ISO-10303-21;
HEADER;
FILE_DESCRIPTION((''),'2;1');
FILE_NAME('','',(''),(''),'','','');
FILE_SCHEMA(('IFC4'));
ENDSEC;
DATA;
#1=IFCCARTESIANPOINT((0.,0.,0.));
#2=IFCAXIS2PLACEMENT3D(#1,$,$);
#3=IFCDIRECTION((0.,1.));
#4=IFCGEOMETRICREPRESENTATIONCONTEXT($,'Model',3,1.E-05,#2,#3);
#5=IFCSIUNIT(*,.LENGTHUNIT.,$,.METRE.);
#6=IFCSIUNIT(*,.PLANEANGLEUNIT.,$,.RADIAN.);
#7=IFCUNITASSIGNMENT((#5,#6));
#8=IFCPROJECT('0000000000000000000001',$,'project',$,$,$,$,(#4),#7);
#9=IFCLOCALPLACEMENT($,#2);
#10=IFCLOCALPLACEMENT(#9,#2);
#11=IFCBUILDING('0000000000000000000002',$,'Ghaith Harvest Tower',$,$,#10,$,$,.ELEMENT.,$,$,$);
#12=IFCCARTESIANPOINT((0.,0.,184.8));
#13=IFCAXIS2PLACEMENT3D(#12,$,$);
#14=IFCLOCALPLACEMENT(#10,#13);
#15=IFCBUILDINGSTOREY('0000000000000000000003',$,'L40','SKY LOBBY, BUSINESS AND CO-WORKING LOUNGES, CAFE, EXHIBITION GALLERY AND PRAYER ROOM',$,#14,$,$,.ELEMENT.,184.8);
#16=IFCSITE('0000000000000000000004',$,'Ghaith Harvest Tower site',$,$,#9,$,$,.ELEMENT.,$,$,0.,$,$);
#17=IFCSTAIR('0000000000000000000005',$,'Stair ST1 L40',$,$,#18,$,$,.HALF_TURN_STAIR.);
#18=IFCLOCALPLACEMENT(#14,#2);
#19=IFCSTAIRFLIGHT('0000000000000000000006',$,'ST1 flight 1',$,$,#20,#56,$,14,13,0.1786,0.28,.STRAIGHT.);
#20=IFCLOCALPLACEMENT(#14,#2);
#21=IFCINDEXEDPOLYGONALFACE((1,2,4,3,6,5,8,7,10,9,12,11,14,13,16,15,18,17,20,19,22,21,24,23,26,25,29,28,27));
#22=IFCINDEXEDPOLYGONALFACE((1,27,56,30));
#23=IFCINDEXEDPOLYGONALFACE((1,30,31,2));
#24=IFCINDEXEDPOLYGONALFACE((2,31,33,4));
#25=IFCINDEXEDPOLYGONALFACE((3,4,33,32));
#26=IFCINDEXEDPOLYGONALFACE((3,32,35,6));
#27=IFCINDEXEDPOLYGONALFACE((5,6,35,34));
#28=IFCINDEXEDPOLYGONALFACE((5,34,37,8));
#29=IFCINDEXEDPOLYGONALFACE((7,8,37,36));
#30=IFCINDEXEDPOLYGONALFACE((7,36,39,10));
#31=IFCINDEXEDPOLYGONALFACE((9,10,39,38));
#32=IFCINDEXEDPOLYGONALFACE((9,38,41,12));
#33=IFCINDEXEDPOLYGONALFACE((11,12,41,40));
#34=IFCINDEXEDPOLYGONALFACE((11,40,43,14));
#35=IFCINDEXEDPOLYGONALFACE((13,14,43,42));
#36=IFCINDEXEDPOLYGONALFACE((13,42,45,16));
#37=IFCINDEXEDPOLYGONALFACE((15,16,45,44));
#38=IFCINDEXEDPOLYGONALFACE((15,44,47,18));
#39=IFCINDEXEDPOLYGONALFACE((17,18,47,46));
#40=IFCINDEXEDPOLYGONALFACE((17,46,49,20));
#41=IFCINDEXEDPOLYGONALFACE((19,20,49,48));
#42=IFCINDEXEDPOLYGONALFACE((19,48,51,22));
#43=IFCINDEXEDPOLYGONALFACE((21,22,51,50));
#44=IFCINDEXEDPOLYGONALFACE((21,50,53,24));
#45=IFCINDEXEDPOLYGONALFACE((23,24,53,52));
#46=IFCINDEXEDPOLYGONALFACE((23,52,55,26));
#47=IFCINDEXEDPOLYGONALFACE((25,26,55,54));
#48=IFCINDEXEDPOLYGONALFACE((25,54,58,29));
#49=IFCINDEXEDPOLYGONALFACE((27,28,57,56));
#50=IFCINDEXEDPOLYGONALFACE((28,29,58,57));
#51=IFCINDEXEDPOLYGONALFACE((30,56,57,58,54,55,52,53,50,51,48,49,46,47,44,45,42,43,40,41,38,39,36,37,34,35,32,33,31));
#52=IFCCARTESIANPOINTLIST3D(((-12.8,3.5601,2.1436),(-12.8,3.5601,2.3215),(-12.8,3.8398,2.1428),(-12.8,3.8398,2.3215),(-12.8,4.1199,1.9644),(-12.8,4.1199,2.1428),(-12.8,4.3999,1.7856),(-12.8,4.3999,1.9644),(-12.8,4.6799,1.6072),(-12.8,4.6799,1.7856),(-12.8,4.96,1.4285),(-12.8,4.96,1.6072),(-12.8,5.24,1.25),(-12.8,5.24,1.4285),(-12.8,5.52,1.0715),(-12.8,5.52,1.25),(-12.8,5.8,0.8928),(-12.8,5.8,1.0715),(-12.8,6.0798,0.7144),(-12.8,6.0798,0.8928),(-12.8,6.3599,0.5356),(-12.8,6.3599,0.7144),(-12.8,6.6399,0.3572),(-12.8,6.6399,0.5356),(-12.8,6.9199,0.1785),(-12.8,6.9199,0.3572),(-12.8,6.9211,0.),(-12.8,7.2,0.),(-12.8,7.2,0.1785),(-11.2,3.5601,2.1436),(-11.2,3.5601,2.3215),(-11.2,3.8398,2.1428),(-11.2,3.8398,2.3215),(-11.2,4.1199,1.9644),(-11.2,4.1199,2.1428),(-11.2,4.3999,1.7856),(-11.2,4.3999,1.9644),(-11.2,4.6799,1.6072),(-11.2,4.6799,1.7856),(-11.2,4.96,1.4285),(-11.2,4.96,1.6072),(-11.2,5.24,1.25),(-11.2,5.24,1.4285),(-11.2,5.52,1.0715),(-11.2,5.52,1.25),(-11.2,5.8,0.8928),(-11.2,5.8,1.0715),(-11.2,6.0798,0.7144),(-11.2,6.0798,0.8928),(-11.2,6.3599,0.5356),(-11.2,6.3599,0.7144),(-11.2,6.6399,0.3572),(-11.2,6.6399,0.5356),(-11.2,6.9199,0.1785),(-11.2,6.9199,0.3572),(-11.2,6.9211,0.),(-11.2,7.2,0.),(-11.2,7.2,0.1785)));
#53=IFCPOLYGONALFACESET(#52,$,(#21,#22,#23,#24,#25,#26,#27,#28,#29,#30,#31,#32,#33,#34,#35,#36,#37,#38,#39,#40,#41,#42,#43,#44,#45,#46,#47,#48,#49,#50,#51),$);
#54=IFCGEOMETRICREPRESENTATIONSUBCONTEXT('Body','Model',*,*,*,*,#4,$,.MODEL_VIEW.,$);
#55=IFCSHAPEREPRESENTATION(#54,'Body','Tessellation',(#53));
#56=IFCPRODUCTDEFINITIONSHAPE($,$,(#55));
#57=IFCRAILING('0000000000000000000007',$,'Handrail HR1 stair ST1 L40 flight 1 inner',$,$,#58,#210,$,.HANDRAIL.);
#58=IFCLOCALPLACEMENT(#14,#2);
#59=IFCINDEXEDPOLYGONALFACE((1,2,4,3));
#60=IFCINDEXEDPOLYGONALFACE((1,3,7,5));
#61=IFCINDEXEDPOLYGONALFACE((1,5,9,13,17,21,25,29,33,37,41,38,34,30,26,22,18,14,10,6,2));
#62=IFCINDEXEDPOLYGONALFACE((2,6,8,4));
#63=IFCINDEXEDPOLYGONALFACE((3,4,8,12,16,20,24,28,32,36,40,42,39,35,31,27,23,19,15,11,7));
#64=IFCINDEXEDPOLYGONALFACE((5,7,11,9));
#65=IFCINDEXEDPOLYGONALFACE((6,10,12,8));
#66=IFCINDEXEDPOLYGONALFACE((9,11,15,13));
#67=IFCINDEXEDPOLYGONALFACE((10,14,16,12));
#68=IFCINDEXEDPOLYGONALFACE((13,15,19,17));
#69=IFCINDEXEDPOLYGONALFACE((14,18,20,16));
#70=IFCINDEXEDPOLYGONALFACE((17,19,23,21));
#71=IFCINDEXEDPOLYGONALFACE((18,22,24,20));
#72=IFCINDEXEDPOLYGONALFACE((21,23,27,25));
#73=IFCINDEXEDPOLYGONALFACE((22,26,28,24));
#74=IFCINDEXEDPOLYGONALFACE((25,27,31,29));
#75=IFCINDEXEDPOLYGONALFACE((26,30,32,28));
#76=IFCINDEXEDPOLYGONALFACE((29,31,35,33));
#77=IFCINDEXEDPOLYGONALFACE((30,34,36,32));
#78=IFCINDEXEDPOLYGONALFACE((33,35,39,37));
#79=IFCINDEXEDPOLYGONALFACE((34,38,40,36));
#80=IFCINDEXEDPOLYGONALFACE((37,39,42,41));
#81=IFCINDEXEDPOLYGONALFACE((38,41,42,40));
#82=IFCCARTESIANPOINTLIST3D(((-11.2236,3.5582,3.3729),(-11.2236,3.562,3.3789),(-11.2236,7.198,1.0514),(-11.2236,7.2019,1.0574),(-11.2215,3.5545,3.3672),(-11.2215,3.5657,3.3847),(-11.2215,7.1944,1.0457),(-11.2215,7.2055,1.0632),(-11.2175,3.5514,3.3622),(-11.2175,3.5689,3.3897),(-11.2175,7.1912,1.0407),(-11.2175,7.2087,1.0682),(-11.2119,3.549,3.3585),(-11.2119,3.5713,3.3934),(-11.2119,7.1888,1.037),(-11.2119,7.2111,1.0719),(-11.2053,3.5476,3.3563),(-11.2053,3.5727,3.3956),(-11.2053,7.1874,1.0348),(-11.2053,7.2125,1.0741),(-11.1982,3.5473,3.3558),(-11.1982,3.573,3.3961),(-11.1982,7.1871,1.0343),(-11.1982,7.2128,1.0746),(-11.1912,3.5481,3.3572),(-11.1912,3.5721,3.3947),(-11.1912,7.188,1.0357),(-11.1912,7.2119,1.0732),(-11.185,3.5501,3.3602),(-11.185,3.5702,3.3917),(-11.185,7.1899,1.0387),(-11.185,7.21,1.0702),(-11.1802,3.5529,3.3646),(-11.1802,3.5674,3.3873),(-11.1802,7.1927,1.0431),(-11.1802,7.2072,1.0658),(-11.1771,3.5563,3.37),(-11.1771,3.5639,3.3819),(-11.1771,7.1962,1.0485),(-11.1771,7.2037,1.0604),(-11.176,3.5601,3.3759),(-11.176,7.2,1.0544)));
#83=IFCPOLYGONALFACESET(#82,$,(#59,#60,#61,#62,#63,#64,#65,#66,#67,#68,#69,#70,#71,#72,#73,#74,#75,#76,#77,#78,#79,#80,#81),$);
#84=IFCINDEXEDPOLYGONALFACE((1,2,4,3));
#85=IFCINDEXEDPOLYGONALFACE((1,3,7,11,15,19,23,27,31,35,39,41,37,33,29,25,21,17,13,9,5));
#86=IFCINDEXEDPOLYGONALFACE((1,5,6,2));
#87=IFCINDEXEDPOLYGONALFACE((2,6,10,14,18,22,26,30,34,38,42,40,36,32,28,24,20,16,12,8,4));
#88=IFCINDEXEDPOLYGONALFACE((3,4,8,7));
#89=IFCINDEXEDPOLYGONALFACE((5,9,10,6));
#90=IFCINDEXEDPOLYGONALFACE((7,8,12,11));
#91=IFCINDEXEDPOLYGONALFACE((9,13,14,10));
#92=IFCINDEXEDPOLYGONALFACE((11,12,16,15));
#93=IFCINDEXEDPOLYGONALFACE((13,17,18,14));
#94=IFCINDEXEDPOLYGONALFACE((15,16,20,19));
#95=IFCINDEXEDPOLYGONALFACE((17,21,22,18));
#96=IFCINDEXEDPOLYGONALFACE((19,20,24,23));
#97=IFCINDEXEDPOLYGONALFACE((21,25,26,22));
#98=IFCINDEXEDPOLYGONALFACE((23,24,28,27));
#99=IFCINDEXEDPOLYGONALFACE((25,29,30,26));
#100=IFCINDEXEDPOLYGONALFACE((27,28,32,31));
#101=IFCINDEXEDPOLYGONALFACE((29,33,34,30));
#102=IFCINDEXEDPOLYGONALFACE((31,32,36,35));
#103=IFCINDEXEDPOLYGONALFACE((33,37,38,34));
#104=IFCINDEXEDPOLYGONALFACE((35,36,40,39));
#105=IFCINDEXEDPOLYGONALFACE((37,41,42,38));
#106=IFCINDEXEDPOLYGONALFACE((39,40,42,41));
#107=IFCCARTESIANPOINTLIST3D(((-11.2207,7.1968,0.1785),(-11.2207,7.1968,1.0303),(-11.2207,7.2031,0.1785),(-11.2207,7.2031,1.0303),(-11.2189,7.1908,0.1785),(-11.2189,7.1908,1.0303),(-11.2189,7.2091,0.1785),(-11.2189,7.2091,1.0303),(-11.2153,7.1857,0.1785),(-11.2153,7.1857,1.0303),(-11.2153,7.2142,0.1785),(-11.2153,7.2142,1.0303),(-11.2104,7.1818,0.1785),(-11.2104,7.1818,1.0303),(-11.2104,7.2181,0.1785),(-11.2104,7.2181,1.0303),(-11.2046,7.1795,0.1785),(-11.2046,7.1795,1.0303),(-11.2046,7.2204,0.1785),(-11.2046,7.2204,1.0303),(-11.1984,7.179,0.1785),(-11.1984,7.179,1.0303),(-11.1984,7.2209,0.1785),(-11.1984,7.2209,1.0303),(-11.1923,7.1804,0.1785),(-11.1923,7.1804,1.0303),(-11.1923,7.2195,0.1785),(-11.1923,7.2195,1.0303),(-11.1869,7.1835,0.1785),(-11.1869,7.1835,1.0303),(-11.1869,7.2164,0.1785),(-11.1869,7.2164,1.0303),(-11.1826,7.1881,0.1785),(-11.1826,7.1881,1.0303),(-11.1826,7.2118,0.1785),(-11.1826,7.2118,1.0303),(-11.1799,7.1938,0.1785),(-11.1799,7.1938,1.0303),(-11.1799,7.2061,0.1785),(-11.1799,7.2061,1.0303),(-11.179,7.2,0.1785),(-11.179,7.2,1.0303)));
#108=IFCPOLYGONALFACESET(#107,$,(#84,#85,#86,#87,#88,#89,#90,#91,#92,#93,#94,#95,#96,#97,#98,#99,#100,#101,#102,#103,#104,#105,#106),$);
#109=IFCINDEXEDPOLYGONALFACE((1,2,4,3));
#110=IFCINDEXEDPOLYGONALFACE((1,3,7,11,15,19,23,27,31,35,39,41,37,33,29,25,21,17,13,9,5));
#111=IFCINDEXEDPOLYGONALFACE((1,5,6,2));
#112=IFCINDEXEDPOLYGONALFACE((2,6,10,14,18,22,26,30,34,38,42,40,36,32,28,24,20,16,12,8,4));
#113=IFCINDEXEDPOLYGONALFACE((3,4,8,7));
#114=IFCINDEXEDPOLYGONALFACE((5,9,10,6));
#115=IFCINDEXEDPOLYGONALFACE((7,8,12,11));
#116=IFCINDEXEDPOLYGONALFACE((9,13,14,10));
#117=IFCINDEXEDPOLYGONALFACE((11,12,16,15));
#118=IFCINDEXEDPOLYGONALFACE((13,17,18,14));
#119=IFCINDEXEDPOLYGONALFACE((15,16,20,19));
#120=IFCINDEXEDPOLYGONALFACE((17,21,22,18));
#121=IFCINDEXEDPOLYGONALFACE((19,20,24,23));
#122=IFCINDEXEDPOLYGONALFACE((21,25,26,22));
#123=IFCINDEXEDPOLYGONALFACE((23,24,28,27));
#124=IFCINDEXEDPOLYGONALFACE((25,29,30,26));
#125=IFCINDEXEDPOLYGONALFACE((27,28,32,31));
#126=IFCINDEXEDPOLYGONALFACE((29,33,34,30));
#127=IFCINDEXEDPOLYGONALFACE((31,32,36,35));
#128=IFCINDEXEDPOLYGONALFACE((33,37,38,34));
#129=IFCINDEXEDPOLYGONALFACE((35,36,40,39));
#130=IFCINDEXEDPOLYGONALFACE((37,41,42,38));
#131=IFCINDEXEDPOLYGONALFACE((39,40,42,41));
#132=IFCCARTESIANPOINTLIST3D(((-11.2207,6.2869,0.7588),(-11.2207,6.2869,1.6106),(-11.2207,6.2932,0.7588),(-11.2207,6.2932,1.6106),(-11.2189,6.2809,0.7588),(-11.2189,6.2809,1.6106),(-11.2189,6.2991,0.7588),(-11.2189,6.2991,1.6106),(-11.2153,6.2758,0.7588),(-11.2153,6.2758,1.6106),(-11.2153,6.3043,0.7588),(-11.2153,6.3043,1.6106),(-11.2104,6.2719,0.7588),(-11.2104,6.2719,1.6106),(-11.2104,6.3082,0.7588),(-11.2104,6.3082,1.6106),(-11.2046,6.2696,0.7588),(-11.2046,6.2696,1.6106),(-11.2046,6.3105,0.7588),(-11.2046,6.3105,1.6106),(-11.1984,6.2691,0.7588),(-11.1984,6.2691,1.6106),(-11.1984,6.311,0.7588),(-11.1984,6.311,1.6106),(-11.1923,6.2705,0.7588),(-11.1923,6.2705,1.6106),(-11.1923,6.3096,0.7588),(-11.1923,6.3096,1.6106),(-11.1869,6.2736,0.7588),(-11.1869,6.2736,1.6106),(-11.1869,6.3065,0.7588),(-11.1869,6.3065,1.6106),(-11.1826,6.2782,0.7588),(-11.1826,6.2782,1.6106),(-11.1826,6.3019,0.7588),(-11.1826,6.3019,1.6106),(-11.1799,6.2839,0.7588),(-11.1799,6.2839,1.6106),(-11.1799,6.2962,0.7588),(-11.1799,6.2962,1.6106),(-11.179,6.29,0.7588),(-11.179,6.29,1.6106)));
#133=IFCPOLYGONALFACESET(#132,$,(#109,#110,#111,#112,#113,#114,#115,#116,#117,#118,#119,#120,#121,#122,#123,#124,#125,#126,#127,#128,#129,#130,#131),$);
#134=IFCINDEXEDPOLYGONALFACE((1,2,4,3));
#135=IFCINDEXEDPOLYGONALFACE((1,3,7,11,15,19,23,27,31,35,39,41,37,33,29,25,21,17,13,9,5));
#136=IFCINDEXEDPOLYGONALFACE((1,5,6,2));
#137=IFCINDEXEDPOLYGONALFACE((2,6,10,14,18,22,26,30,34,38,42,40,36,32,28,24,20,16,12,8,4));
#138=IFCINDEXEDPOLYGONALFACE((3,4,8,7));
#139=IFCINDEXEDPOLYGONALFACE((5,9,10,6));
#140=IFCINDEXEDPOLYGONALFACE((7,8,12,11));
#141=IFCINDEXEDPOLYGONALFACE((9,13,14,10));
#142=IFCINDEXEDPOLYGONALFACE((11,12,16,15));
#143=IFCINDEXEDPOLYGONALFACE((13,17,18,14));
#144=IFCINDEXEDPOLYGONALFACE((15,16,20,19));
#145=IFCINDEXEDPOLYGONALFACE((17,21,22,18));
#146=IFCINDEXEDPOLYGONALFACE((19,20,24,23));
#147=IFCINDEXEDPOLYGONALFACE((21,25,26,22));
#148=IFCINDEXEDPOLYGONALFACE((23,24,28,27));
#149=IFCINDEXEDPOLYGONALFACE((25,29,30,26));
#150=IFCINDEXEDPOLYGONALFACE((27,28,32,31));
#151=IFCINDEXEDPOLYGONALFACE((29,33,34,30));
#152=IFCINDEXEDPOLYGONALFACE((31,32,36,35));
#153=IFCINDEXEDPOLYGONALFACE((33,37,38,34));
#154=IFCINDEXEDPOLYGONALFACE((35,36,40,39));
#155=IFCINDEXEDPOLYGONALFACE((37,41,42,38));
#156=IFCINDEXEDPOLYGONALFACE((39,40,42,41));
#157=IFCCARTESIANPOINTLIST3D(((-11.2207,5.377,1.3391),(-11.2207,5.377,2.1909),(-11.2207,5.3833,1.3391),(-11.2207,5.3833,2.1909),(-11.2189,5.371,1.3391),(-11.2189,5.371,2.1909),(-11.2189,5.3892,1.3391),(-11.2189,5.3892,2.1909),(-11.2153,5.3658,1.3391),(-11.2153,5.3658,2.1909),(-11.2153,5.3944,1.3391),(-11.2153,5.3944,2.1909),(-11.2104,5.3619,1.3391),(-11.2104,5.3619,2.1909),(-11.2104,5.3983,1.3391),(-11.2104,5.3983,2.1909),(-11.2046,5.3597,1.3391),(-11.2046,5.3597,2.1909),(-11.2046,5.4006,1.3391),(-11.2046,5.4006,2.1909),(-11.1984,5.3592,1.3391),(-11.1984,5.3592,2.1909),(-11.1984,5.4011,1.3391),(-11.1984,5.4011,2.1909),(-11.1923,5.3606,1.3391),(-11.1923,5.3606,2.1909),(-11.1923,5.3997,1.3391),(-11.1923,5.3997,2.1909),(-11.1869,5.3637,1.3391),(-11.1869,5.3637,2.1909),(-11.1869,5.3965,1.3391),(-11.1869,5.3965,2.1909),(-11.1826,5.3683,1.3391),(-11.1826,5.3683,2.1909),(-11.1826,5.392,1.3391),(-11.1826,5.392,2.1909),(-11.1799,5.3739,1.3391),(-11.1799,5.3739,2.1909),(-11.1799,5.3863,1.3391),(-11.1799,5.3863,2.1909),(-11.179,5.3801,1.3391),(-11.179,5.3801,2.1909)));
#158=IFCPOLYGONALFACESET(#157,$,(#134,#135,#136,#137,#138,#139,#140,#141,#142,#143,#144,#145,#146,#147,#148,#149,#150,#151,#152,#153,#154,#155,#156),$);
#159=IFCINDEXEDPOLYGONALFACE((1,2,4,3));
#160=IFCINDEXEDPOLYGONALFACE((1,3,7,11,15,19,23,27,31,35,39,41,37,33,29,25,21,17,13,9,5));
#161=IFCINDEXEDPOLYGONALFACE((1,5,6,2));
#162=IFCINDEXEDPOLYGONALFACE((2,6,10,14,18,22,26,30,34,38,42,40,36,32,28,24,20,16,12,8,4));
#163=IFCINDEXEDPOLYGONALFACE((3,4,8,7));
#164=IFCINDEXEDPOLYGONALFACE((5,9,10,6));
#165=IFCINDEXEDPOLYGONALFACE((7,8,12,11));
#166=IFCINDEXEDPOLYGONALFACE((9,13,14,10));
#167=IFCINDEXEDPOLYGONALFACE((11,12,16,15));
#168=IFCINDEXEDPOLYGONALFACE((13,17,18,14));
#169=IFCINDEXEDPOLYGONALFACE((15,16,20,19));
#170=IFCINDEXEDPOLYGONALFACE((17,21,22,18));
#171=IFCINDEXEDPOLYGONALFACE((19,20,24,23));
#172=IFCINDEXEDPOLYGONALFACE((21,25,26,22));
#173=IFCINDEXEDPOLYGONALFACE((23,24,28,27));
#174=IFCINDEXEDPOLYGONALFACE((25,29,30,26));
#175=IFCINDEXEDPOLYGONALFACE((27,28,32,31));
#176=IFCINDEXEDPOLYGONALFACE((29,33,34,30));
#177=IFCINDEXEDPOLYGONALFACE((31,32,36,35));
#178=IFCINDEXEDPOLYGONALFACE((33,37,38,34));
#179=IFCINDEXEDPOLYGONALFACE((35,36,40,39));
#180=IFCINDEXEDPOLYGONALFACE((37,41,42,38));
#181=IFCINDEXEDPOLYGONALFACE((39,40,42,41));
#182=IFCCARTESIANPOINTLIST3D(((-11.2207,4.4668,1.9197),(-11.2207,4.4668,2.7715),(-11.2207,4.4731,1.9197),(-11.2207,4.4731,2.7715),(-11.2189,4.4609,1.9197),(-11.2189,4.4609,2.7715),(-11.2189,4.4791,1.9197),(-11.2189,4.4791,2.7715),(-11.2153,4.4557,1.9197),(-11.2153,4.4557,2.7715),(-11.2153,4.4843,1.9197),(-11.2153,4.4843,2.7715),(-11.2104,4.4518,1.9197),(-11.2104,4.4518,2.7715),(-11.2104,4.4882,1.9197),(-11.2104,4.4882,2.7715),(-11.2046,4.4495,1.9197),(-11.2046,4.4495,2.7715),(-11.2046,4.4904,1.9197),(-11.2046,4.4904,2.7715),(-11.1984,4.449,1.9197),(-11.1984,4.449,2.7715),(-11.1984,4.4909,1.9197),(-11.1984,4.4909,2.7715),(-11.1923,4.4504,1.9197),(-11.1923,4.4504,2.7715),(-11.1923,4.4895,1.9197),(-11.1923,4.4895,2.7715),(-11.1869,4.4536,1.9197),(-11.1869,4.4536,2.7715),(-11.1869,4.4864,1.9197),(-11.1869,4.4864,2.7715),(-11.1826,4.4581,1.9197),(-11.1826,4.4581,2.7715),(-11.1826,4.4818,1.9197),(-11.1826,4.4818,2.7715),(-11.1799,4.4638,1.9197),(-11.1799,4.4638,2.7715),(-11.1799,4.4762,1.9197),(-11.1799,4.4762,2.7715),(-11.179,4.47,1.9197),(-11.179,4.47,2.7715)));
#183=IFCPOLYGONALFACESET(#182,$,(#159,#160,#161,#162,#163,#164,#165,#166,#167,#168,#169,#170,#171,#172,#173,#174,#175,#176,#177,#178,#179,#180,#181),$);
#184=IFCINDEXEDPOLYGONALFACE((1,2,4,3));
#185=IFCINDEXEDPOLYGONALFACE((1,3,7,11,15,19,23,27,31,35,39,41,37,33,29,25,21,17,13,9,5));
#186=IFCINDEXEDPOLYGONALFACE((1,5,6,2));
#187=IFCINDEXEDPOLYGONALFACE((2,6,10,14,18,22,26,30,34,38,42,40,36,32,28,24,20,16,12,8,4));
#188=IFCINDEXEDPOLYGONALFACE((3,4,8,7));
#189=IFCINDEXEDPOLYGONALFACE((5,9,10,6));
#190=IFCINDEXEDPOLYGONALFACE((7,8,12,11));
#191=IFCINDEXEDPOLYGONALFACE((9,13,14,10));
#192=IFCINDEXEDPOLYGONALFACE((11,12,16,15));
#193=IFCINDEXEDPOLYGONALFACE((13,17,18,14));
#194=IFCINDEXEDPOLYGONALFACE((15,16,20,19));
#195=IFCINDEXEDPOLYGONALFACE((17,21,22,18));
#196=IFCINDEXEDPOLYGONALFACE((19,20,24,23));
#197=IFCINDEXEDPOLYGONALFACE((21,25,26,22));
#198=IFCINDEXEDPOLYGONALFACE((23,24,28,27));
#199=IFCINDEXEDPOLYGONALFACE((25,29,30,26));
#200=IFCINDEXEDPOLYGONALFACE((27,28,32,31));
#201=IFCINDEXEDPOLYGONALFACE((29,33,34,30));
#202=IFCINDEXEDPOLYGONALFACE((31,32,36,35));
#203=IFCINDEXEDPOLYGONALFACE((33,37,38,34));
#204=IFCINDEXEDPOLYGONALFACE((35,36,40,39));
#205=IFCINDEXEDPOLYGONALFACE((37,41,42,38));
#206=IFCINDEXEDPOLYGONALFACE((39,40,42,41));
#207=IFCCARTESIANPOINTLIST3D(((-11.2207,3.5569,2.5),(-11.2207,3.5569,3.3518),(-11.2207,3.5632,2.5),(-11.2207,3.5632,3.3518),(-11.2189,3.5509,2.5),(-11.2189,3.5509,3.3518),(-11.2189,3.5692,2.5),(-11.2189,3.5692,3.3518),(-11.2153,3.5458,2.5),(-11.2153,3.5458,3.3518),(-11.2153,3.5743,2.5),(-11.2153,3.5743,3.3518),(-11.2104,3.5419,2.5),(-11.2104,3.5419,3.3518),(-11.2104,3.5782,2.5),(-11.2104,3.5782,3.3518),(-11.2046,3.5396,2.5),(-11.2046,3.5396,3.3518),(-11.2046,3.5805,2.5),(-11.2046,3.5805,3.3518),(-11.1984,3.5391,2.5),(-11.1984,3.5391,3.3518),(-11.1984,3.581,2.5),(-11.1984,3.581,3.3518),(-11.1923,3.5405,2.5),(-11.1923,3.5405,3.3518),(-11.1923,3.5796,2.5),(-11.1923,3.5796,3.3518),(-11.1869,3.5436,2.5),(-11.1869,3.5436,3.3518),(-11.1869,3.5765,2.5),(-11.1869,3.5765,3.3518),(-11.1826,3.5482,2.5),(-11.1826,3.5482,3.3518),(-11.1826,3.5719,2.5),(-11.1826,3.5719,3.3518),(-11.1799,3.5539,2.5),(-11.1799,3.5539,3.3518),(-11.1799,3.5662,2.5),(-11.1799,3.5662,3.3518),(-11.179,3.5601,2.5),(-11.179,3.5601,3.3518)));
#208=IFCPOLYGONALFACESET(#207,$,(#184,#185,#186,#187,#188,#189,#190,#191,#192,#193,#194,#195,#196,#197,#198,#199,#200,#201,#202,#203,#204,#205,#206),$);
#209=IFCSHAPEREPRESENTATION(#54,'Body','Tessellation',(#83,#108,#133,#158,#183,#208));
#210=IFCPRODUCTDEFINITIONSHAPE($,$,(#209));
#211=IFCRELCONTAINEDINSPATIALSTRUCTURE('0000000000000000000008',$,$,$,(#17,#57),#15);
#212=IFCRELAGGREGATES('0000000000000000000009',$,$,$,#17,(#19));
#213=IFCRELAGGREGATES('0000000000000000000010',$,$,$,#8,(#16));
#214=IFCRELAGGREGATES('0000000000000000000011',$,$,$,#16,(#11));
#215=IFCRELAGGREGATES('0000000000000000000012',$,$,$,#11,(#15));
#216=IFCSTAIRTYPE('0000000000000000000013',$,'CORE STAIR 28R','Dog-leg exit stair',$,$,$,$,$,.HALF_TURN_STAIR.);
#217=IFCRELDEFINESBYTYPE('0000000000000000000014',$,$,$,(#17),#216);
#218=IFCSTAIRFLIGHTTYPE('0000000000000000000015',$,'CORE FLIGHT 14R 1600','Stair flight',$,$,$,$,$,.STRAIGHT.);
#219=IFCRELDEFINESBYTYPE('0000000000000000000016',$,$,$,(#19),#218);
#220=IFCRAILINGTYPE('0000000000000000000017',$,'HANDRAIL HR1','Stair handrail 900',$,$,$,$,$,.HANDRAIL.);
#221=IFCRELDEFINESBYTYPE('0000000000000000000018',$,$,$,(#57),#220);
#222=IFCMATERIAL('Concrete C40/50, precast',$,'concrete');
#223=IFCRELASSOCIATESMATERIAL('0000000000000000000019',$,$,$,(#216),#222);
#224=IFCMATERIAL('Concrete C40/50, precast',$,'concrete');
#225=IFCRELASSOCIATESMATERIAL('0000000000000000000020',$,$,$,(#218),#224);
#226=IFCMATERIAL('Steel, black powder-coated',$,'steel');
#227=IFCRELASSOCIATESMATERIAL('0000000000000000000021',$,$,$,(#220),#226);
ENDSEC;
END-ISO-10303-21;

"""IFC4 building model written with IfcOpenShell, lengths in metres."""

from ifc_helpers import new_model, si_unit, direction, frame, origin, origin_2d, place, context, subcontext, project, spatial, polyline, circle, outline, extrude, material, type_object, element, aggregate, save


model = new_model("IFC4")

# Units and contexts
model_context = context("Model", 3, precision=1e-05, world=origin(), true_north=direction((0.0, 1.0)))
body_context = subcontext(model_context, "Body", "Model", "MODEL_VIEW")
ifc_project = project(units=[si_unit("LENGTHUNIT", "METRE"), si_unit("PLANEANGLEUNIT", "RADIAN")], contexts=[model_context])

# Site, building, storey
site_placement = place(None, origin())
site = spatial("IfcSite", under=ifc_project, at=site_placement, Name="Ghaith Harvest Tower site", CompositionType="ELEMENT", RefElevation=0.0)
building_placement = place(site_placement, origin())
building = spatial("IfcBuilding", under=site, at=building_placement, Name="Ghaith Harvest Tower", CompositionType="ELEMENT")
storey_placement = place(building_placement, frame((0.0, 0.0, 184.8)))
storey = spatial("IfcBuildingStorey", under=building, at=storey_placement, Name="L40", Description="SKY LOBBY, BUSINESS AND CO-WORKING LOUNGES, CAFE, EXHIBITION GALLERY AND PRAYER ROOM", CompositionType="ELEMENT", Elevation=184.8)

# Stair, stair flight
ifc_material_1 = material(Name="Concrete C40/50, precast", Category="concrete")
stair_type = type_object("IfcStairType", Name="CORE STAIR 28R", Description="Dog-leg exit stair", PredefinedType="HALF_TURN_STAIR", material=ifc_material_1)
stair_placement = place(storey_placement, origin())
stair = element("IfcStair", 1, at=stair_placement, inside=storey, type_object=stair_type, Name="Stair ST1 L40", PredefinedType="HALF_TURN_STAIR")
ifc_material_2 = material(Name="Concrete C40/50, precast", Category="concrete")
stair_flight_type = type_object("IfcStairFlightType", Name="CORE FLIGHT 14R 1600", Description="Stair flight", PredefinedType="STRAIGHT", material=ifc_material_2)
stair_flight_placement = place(storey_placement, frame((-12.0, 7.2, 0.0), z_axis=(0.0, 0.0, 1.0), x_axis=(0.0, -1.0, 0.0)))
stair_flight = element("IfcStairFlight", 2, at=stair_flight_placement, type_object=stair_flight_type, Name="ST1 flight 1", NumberOfRisers=14, NumberOfTreads=13, PredefinedType="STRAIGHT", RiserHeight=0.1786, TreadLength=0.28, context=body_context, shape_type="SweptSolid", body=[
    extrude(outline(polyline([(0.0, 0.0), (0.0, 0.1785), (0.28, 0.1785), (0.28, 0.3572), (0.5601, 0.3572), (0.5601, 0.5356), (0.8401, 0.5356), (0.8401, 0.7144), (1.1201, 0.7144), (1.1201, 0.8928), (1.3999, 0.8928), (1.3999, 1.0715), (1.6799, 1.0715), (1.6799, 1.25), (1.96, 1.25), (1.96, 1.4285), (2.24, 1.4285), (2.24, 1.6072), (2.52, 1.6072), (2.52, 1.7856), (2.8, 1.7856), (2.8, 1.9644), (3.0801, 1.9644), (3.0801, 2.1428), (3.3601, 2.1428), (3.3601, 2.3215), (3.6399, 2.3215), (3.6399, 2.5), (3.6399, 2.1436), (0.2788, 0.0), (0.0, 0.0)])), frame((0.0, 0.8, 0.0), z_axis=(0.0, -1.0, 0.0), x_axis=(1.0, 0.0, 0.0)), (0.0, 0.0, 1.0), 1.6001),
])
aggregate(stair, [stair_flight])

# Railing
ifc_material_3 = material(Name="Steel, black powder-coated", Category="steel")
railing_type = type_object("IfcRailingType", Name="HANDRAIL HR1", Description="Stair handrail 900", PredefinedType="HANDRAIL", material=ifc_material_3)
railing_1_placement = place(storey_placement, frame((-11.2, 7.2, 0.1785)))
element("IfcRailing", 3, at=railing_1_placement, inside=storey, type_object=railing_type, Name="Handrail HR1 stair ST1 L40 flight 1 inner", PredefinedType="HANDRAIL", context=body_context, shape_type="SweptSolid", body=[
    extrude(circle(Radius=0.0239, at=origin_2d()), frame((0.0, 0.0, 0.876), z_axis=(0.0, -0.843112, 0.537739), x_axis=(1.0, 0.0, 0.0)), (0.0, 0.0, 1.0), 4.3171),
    extrude(circle(Radius=0.021, at=origin_2d()), origin(), (0.0, 0.0, 1.0), 0.8518),
    extrude(circle(Radius=0.021, at=origin_2d()), frame((0.0, -0.9099, 0.5803)), (0.0, 0.0, 1.0), 0.8518),
    extrude(circle(Radius=0.021, at=origin_2d()), frame((0.0, -1.8198, 1.1606)), (0.0, 0.0, 1.0), 0.8518),
    extrude(circle(Radius=0.021, at=origin_2d()), frame((0.0, -2.73, 1.7412)), (0.0, 0.0, 1.0), 0.8518),
    extrude(circle(Radius=0.021, at=origin_2d()), frame((0.0, -3.6399, 2.3215)), (0.0, 0.0, 1.0), 0.8518),
])

save(model, "model.ifc")
